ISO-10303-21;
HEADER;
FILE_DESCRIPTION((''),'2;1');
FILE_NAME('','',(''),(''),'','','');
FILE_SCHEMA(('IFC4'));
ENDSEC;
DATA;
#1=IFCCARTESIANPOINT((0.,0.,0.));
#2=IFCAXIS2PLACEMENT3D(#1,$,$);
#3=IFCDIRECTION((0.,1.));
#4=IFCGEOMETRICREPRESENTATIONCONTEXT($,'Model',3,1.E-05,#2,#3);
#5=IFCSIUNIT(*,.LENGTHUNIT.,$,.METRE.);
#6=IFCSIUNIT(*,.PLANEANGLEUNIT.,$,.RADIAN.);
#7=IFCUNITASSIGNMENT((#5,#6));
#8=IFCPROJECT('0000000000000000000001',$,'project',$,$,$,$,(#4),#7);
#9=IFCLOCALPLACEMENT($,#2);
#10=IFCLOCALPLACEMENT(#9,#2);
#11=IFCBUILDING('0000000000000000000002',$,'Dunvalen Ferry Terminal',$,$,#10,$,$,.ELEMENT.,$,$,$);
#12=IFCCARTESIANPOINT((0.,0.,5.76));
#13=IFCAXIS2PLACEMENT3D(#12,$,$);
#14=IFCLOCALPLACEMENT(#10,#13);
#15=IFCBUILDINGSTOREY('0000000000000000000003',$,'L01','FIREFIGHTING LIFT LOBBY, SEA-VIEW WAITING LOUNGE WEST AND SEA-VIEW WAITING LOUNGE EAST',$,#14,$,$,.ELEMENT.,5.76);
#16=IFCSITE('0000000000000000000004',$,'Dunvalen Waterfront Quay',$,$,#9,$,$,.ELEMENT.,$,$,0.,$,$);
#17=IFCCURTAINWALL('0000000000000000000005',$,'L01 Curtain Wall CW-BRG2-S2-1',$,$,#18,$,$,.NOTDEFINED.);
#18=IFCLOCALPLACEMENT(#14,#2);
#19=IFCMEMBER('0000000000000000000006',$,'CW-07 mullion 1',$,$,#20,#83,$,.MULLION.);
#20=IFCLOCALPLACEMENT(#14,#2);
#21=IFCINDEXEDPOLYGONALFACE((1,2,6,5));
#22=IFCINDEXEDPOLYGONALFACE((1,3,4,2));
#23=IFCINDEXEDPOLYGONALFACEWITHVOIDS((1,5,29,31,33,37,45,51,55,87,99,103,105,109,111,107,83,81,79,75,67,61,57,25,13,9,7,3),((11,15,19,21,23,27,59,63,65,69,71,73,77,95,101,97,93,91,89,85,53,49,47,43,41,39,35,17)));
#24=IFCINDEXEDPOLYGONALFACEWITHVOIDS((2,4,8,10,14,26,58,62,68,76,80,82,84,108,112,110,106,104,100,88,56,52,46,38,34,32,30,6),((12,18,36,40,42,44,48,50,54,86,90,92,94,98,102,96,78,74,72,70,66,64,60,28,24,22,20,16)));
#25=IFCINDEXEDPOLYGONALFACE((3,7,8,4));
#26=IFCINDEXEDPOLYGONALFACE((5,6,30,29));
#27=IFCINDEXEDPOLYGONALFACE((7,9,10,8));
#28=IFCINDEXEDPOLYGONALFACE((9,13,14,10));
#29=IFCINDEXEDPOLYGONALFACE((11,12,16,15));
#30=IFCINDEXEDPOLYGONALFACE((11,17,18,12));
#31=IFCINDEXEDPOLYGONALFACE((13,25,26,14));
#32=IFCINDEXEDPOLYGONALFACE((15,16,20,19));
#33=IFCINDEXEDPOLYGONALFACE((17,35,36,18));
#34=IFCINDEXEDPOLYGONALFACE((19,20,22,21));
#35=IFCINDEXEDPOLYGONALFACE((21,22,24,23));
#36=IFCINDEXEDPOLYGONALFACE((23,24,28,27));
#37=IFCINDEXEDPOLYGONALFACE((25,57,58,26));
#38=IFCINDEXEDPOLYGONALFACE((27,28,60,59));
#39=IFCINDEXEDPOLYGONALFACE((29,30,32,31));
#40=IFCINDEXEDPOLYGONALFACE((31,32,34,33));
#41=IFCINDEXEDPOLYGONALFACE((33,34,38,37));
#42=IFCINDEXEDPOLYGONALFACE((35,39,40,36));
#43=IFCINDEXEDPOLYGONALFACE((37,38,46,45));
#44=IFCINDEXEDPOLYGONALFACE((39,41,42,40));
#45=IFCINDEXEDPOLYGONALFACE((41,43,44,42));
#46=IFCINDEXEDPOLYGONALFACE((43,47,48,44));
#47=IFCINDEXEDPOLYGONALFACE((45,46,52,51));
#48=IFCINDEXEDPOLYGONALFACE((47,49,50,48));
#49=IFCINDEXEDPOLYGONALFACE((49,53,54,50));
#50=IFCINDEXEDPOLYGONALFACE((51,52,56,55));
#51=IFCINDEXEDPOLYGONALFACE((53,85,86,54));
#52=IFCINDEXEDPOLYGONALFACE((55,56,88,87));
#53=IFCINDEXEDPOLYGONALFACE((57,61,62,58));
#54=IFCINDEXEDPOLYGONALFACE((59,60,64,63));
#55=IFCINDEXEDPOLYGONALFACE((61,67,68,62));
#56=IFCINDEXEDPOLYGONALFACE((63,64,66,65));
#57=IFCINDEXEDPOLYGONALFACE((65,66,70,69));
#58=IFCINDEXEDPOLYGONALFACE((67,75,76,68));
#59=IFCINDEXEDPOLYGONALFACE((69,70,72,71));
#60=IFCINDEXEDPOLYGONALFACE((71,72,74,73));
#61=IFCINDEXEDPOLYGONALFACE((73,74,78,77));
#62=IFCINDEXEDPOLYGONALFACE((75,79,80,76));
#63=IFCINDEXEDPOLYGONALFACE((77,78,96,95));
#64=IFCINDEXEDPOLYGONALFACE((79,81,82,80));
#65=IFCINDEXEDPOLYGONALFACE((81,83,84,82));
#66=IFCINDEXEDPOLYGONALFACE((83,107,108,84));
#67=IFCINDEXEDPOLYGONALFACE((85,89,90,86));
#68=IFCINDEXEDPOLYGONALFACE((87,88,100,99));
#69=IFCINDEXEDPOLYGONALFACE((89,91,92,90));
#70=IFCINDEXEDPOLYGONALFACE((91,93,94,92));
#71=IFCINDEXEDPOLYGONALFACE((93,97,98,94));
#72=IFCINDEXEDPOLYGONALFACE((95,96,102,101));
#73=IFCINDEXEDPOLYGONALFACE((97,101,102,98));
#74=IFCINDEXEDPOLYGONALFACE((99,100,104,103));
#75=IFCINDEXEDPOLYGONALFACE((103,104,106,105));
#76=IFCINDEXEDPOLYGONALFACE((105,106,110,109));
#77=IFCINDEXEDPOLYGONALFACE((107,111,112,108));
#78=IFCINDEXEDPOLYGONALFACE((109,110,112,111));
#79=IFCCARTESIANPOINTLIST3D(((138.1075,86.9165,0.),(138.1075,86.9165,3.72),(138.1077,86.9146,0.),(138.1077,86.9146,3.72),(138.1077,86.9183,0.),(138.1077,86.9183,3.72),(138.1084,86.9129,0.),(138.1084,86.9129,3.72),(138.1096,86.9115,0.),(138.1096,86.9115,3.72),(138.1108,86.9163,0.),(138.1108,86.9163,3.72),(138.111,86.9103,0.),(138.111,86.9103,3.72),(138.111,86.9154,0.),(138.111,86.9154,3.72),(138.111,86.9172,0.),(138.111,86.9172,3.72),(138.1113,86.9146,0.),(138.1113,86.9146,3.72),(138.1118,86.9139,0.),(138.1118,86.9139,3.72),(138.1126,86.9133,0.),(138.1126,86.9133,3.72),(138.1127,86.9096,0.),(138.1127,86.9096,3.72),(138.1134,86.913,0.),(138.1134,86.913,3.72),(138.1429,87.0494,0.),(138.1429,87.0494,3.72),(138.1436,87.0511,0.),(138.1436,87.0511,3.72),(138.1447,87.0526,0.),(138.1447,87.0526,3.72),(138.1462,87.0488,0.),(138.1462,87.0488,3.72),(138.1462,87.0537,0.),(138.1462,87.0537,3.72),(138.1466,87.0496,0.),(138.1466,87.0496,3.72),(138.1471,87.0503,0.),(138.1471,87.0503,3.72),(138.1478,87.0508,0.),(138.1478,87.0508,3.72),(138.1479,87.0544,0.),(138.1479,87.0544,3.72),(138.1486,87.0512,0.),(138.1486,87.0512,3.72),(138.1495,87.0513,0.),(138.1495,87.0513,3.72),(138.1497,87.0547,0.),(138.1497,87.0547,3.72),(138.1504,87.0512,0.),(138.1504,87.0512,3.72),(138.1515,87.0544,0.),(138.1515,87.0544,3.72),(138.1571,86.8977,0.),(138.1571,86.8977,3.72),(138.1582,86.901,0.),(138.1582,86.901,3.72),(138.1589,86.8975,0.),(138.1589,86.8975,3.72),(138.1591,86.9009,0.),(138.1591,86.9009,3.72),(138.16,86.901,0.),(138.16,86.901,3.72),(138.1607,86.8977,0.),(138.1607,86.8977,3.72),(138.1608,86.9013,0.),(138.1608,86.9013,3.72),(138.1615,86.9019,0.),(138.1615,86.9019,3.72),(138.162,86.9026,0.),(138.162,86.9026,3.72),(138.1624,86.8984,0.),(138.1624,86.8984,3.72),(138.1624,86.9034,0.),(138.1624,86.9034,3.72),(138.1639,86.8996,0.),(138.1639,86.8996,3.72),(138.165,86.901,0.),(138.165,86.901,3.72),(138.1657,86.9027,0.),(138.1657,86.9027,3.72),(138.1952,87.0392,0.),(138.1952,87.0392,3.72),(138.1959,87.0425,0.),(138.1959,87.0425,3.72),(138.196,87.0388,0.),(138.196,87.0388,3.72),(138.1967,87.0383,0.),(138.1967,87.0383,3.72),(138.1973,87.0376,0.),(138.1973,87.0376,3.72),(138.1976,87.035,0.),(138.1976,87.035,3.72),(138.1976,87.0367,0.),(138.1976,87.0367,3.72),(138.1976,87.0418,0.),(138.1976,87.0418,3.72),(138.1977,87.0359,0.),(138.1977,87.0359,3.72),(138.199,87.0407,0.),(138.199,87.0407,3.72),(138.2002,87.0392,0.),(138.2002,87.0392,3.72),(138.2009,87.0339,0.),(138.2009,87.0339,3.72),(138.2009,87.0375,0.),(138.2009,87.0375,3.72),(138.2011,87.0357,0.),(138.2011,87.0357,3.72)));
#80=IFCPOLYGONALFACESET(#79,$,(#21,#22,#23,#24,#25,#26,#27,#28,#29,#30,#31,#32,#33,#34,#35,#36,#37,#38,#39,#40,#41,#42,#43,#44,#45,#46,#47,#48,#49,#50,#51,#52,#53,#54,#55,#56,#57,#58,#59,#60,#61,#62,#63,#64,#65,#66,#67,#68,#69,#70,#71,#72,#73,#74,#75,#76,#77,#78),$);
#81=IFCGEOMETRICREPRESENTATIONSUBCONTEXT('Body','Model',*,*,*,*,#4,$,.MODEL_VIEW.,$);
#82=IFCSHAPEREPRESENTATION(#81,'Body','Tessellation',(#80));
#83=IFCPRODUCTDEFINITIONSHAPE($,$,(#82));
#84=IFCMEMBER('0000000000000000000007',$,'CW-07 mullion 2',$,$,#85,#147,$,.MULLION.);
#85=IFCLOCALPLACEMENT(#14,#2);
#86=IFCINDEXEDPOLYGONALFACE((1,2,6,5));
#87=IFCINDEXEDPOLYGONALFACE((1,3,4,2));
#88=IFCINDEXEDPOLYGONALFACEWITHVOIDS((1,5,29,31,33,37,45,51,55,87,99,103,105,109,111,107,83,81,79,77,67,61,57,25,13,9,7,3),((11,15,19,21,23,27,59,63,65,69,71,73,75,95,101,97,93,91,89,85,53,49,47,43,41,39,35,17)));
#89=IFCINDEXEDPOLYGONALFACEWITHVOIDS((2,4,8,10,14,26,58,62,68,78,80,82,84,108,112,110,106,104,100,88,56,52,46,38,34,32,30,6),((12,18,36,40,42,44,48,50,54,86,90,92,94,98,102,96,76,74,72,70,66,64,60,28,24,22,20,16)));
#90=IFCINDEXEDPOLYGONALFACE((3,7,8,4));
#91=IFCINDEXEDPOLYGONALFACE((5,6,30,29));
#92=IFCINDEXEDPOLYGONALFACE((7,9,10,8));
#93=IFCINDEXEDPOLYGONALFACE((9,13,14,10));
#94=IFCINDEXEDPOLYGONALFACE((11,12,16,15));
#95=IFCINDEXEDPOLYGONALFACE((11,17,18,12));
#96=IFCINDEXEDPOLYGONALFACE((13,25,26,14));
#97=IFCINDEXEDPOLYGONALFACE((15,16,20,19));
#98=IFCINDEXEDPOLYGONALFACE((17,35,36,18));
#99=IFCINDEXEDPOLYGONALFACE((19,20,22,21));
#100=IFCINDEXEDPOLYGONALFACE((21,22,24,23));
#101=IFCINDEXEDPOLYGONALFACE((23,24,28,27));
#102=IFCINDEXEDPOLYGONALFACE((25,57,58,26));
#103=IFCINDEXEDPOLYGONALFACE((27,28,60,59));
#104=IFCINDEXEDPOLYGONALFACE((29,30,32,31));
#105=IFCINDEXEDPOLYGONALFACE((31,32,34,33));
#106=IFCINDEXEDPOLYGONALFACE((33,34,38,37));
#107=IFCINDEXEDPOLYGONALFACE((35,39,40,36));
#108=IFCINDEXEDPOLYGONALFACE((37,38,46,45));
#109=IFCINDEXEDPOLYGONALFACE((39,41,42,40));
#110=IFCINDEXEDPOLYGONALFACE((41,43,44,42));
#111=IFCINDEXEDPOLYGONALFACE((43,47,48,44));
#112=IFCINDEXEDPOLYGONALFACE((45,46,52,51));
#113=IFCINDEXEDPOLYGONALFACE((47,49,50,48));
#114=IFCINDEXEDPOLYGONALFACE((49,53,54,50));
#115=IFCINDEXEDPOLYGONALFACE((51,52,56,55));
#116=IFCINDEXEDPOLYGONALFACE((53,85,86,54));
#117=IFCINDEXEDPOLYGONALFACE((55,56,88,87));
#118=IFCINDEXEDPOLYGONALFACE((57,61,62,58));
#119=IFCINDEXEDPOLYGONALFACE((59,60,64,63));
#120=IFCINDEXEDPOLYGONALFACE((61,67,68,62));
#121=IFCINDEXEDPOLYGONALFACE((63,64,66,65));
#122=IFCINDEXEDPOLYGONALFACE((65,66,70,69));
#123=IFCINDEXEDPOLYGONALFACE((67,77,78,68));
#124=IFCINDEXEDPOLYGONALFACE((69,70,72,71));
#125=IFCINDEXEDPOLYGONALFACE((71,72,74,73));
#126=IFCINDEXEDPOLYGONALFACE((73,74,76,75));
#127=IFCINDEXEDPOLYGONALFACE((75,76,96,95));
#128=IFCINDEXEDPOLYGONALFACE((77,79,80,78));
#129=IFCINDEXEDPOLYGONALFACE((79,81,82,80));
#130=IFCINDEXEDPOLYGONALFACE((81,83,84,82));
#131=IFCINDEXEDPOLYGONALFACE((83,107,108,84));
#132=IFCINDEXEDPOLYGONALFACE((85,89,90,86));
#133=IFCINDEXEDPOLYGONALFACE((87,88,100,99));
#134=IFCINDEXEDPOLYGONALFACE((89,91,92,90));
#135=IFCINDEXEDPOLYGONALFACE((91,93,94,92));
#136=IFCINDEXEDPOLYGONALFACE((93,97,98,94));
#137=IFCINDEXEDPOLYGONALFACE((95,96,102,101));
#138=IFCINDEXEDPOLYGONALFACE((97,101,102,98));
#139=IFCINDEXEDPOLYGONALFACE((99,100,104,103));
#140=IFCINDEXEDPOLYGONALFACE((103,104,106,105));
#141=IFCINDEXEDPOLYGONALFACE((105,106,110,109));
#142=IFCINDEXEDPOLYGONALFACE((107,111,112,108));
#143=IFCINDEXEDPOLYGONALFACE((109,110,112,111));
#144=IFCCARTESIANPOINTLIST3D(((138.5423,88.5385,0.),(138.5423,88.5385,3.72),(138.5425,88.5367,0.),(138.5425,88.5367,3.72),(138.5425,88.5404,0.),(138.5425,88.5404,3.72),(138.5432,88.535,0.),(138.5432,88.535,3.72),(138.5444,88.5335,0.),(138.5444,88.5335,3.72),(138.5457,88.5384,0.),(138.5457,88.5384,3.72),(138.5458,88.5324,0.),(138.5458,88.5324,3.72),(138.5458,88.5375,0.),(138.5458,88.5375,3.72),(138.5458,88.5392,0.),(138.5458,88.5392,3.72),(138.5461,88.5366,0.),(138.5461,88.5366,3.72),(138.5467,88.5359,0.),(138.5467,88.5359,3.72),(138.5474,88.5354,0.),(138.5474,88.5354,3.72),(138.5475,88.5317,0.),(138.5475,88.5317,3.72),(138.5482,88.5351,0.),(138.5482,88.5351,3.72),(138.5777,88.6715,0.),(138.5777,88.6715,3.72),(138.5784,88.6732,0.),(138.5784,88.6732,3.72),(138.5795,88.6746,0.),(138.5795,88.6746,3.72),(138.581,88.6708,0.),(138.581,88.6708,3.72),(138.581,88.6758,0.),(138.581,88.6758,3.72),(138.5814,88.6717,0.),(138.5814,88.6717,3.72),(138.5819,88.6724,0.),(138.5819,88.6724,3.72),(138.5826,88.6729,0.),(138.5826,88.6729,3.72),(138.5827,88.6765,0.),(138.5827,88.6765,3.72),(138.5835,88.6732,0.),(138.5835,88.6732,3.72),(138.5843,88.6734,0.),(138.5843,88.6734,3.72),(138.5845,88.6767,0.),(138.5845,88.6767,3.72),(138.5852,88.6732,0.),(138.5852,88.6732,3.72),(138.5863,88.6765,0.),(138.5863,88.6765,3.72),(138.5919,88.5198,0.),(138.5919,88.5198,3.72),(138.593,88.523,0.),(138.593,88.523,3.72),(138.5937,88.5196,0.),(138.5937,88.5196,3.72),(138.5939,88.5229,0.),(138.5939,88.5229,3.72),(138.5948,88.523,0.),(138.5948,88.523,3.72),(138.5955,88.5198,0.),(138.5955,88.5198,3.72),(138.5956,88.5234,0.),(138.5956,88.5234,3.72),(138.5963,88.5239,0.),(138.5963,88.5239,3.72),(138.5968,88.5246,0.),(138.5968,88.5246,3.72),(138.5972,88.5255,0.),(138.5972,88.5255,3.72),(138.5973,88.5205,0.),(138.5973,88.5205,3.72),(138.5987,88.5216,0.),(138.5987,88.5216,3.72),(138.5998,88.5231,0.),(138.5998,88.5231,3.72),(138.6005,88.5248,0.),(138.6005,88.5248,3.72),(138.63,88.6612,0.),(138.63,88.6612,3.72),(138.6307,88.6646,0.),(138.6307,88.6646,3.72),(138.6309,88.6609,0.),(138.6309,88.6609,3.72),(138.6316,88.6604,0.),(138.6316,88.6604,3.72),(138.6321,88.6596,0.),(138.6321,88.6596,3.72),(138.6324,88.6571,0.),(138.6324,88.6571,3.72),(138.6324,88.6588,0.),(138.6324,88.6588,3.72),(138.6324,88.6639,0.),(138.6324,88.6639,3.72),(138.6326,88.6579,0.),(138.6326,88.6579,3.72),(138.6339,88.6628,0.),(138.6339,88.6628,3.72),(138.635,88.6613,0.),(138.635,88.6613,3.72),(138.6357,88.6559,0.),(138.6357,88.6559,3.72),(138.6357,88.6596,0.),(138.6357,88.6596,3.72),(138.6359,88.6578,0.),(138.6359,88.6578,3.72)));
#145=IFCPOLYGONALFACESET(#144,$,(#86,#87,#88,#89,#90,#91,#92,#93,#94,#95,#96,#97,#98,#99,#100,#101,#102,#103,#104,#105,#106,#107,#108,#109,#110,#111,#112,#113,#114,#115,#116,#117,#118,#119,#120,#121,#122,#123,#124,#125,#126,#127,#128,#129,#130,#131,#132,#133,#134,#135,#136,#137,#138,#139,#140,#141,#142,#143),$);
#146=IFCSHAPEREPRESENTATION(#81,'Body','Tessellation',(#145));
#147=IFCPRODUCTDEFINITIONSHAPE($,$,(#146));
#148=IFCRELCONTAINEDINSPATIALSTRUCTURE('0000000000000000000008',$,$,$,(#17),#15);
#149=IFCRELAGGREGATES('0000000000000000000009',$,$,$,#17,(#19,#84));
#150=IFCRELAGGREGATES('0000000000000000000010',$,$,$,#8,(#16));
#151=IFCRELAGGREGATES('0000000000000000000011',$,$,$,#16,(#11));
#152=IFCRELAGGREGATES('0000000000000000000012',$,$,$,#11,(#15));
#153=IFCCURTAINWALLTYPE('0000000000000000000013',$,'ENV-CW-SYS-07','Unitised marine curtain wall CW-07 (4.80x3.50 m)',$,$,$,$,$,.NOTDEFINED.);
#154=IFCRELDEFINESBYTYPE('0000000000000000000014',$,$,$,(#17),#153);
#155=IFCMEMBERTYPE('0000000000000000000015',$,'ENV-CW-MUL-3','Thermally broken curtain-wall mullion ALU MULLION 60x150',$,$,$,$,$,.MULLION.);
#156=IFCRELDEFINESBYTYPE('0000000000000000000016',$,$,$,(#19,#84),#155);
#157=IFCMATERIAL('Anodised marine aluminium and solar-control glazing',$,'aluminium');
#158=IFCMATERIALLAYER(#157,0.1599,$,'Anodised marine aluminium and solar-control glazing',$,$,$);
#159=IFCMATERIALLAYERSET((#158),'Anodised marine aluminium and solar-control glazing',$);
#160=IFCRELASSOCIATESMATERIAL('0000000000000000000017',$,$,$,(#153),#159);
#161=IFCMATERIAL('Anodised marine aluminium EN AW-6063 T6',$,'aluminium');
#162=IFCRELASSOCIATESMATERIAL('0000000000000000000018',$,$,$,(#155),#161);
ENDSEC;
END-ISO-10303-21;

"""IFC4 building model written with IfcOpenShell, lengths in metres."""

from ifc_helpers import new_model, si_unit, direction, frame, origin, origin_2d, place, context, subcontext, project, spatial, hollow_rectangle, extrude, material, layer, layer_set, material_profile, profile_set, type_object, element, aggregate, save


model = new_model("IFC4")

# Units and contexts
model_context = context("Model", 3, precision=1e-05, world=origin(), true_north=direction((0.0, 1.0)))
body_context = subcontext(model_context, "Body", "Model", "MODEL_VIEW")
ifc_project = project(units=[si_unit("LENGTHUNIT", "METRE"), si_unit("PLANEANGLEUNIT", "RADIAN")], contexts=[model_context])

# Site, building, storey
site_placement = place(None, origin())
site = spatial("IfcSite", under=ifc_project, at=site_placement, Name="Dunvalen Waterfront Quay", CompositionType="ELEMENT", RefElevation=0.0)
building_placement = place(site_placement, origin())
building = spatial("IfcBuilding", under=site, at=building_placement, Name="Dunvalen Ferry Terminal", CompositionType="ELEMENT")
storey_placement = place(building_placement, frame((0.0, 0.0, 5.76)))
storey = spatial("IfcBuildingStorey", under=building, at=storey_placement, Name="L01", Description="FIREFIGHTING LIFT LOBBY, SEA-VIEW WAITING LOUNGE WEST AND SEA-VIEW WAITING LOUNGE EAST", CompositionType="ELEMENT", Elevation=5.76)

# Curtain wall, members
ifc_material_1 = material(Name="Anodised marine aluminium and solar-control glazing", Category="aluminium")
ifc_layer_1 = layer(ifc_material_1, 0.1599, Name="Anodised marine aluminium and solar-control glazing")
ifc_layer_set_1 = layer_set([ifc_layer_1], Name="Anodised marine aluminium and solar-control glazing")
curtain_wall_type = type_object("IfcCurtainWallType", Name="ENV-CW-SYS-07", Description="Unitised marine curtain wall CW-07 (4.80x3.50 m)", PredefinedType="NOTDEFINED", material=ifc_layer_set_1)
ifc_material_2 = material(Name="Anodised marine aluminium EN AW-6063 T6", Category="aluminium")
ifc_material_profile_1 = material_profile(ifc_material_2, hollow_rectangle(XDim=0.0601, YDim=0.1499, WallThickness=0.0034, InnerFilletRadius=0.0034, OuterFilletRadius=0.0071, at=origin_2d()), Name="Anodised marine aluminium EN AW-6063 T6")
ifc_profile_set_1 = profile_set([ifc_material_profile_1], Name="Anodised marine aluminium EN AW-6063 T6")
member_type_1 = type_object("IfcMemberType", Name="ENV-CW-MUL-3", Description="Thermally broken curtain-wall mullion ALU MULLION 60x150", PredefinedType="MULLION", material=ifc_profile_set_1)
curtain_wall_1_placement = place(storey_placement, origin())
curtain_wall_1 = element("IfcCurtainWall", 1, at=curtain_wall_1_placement, inside=storey, type_object=curtain_wall_type, Name="L01 Curtain Wall CW-BRG2-S2-1", PredefinedType="NOTDEFINED")
member_1_placement = place(storey_placement, frame((138.1543, 86.9761, 0.0), z_axis=(0.0, 0.0, 1.0), x_axis=(-0.965919, 0.258843, 0.0)))
member_1 = element("IfcMember", 2, at=member_1_placement, type_object=member_type_1, Name="CW-07 mullion 1", PredefinedType="MULLION", context=body_context, shape_type="SweptSolid", body=[
    extrude(hollow_rectangle(XDim=0.0601, YDim=0.1499, WallThickness=0.0034, InnerFilletRadius=0.0034, OuterFilletRadius=0.0071, at=origin_2d()), origin(), (0.0, 0.0, 1.0), 3.72),
])
member_2_placement = place(storey_placement, frame((138.5891, 88.5981, 0.0), z_axis=(0.0, 0.0, 1.0), x_axis=(-0.965919, 0.258843, 0.0)))
member_2 = element("IfcMember", 3, at=member_2_placement, type_object=member_type_1, Name="CW-07 mullion 2", PredefinedType="MULLION", context=body_context, shape_type="SweptSolid", body=[
    extrude(hollow_rectangle(XDim=0.0601, YDim=0.1499, WallThickness=0.0034, InnerFilletRadius=0.0034, OuterFilletRadius=0.0071, at=origin_2d()), origin(), (0.0, 0.0, 1.0), 3.72),
])

aggregate(curtain_wall_1, [member_1, member_2])

save(model, "model.ifc")
